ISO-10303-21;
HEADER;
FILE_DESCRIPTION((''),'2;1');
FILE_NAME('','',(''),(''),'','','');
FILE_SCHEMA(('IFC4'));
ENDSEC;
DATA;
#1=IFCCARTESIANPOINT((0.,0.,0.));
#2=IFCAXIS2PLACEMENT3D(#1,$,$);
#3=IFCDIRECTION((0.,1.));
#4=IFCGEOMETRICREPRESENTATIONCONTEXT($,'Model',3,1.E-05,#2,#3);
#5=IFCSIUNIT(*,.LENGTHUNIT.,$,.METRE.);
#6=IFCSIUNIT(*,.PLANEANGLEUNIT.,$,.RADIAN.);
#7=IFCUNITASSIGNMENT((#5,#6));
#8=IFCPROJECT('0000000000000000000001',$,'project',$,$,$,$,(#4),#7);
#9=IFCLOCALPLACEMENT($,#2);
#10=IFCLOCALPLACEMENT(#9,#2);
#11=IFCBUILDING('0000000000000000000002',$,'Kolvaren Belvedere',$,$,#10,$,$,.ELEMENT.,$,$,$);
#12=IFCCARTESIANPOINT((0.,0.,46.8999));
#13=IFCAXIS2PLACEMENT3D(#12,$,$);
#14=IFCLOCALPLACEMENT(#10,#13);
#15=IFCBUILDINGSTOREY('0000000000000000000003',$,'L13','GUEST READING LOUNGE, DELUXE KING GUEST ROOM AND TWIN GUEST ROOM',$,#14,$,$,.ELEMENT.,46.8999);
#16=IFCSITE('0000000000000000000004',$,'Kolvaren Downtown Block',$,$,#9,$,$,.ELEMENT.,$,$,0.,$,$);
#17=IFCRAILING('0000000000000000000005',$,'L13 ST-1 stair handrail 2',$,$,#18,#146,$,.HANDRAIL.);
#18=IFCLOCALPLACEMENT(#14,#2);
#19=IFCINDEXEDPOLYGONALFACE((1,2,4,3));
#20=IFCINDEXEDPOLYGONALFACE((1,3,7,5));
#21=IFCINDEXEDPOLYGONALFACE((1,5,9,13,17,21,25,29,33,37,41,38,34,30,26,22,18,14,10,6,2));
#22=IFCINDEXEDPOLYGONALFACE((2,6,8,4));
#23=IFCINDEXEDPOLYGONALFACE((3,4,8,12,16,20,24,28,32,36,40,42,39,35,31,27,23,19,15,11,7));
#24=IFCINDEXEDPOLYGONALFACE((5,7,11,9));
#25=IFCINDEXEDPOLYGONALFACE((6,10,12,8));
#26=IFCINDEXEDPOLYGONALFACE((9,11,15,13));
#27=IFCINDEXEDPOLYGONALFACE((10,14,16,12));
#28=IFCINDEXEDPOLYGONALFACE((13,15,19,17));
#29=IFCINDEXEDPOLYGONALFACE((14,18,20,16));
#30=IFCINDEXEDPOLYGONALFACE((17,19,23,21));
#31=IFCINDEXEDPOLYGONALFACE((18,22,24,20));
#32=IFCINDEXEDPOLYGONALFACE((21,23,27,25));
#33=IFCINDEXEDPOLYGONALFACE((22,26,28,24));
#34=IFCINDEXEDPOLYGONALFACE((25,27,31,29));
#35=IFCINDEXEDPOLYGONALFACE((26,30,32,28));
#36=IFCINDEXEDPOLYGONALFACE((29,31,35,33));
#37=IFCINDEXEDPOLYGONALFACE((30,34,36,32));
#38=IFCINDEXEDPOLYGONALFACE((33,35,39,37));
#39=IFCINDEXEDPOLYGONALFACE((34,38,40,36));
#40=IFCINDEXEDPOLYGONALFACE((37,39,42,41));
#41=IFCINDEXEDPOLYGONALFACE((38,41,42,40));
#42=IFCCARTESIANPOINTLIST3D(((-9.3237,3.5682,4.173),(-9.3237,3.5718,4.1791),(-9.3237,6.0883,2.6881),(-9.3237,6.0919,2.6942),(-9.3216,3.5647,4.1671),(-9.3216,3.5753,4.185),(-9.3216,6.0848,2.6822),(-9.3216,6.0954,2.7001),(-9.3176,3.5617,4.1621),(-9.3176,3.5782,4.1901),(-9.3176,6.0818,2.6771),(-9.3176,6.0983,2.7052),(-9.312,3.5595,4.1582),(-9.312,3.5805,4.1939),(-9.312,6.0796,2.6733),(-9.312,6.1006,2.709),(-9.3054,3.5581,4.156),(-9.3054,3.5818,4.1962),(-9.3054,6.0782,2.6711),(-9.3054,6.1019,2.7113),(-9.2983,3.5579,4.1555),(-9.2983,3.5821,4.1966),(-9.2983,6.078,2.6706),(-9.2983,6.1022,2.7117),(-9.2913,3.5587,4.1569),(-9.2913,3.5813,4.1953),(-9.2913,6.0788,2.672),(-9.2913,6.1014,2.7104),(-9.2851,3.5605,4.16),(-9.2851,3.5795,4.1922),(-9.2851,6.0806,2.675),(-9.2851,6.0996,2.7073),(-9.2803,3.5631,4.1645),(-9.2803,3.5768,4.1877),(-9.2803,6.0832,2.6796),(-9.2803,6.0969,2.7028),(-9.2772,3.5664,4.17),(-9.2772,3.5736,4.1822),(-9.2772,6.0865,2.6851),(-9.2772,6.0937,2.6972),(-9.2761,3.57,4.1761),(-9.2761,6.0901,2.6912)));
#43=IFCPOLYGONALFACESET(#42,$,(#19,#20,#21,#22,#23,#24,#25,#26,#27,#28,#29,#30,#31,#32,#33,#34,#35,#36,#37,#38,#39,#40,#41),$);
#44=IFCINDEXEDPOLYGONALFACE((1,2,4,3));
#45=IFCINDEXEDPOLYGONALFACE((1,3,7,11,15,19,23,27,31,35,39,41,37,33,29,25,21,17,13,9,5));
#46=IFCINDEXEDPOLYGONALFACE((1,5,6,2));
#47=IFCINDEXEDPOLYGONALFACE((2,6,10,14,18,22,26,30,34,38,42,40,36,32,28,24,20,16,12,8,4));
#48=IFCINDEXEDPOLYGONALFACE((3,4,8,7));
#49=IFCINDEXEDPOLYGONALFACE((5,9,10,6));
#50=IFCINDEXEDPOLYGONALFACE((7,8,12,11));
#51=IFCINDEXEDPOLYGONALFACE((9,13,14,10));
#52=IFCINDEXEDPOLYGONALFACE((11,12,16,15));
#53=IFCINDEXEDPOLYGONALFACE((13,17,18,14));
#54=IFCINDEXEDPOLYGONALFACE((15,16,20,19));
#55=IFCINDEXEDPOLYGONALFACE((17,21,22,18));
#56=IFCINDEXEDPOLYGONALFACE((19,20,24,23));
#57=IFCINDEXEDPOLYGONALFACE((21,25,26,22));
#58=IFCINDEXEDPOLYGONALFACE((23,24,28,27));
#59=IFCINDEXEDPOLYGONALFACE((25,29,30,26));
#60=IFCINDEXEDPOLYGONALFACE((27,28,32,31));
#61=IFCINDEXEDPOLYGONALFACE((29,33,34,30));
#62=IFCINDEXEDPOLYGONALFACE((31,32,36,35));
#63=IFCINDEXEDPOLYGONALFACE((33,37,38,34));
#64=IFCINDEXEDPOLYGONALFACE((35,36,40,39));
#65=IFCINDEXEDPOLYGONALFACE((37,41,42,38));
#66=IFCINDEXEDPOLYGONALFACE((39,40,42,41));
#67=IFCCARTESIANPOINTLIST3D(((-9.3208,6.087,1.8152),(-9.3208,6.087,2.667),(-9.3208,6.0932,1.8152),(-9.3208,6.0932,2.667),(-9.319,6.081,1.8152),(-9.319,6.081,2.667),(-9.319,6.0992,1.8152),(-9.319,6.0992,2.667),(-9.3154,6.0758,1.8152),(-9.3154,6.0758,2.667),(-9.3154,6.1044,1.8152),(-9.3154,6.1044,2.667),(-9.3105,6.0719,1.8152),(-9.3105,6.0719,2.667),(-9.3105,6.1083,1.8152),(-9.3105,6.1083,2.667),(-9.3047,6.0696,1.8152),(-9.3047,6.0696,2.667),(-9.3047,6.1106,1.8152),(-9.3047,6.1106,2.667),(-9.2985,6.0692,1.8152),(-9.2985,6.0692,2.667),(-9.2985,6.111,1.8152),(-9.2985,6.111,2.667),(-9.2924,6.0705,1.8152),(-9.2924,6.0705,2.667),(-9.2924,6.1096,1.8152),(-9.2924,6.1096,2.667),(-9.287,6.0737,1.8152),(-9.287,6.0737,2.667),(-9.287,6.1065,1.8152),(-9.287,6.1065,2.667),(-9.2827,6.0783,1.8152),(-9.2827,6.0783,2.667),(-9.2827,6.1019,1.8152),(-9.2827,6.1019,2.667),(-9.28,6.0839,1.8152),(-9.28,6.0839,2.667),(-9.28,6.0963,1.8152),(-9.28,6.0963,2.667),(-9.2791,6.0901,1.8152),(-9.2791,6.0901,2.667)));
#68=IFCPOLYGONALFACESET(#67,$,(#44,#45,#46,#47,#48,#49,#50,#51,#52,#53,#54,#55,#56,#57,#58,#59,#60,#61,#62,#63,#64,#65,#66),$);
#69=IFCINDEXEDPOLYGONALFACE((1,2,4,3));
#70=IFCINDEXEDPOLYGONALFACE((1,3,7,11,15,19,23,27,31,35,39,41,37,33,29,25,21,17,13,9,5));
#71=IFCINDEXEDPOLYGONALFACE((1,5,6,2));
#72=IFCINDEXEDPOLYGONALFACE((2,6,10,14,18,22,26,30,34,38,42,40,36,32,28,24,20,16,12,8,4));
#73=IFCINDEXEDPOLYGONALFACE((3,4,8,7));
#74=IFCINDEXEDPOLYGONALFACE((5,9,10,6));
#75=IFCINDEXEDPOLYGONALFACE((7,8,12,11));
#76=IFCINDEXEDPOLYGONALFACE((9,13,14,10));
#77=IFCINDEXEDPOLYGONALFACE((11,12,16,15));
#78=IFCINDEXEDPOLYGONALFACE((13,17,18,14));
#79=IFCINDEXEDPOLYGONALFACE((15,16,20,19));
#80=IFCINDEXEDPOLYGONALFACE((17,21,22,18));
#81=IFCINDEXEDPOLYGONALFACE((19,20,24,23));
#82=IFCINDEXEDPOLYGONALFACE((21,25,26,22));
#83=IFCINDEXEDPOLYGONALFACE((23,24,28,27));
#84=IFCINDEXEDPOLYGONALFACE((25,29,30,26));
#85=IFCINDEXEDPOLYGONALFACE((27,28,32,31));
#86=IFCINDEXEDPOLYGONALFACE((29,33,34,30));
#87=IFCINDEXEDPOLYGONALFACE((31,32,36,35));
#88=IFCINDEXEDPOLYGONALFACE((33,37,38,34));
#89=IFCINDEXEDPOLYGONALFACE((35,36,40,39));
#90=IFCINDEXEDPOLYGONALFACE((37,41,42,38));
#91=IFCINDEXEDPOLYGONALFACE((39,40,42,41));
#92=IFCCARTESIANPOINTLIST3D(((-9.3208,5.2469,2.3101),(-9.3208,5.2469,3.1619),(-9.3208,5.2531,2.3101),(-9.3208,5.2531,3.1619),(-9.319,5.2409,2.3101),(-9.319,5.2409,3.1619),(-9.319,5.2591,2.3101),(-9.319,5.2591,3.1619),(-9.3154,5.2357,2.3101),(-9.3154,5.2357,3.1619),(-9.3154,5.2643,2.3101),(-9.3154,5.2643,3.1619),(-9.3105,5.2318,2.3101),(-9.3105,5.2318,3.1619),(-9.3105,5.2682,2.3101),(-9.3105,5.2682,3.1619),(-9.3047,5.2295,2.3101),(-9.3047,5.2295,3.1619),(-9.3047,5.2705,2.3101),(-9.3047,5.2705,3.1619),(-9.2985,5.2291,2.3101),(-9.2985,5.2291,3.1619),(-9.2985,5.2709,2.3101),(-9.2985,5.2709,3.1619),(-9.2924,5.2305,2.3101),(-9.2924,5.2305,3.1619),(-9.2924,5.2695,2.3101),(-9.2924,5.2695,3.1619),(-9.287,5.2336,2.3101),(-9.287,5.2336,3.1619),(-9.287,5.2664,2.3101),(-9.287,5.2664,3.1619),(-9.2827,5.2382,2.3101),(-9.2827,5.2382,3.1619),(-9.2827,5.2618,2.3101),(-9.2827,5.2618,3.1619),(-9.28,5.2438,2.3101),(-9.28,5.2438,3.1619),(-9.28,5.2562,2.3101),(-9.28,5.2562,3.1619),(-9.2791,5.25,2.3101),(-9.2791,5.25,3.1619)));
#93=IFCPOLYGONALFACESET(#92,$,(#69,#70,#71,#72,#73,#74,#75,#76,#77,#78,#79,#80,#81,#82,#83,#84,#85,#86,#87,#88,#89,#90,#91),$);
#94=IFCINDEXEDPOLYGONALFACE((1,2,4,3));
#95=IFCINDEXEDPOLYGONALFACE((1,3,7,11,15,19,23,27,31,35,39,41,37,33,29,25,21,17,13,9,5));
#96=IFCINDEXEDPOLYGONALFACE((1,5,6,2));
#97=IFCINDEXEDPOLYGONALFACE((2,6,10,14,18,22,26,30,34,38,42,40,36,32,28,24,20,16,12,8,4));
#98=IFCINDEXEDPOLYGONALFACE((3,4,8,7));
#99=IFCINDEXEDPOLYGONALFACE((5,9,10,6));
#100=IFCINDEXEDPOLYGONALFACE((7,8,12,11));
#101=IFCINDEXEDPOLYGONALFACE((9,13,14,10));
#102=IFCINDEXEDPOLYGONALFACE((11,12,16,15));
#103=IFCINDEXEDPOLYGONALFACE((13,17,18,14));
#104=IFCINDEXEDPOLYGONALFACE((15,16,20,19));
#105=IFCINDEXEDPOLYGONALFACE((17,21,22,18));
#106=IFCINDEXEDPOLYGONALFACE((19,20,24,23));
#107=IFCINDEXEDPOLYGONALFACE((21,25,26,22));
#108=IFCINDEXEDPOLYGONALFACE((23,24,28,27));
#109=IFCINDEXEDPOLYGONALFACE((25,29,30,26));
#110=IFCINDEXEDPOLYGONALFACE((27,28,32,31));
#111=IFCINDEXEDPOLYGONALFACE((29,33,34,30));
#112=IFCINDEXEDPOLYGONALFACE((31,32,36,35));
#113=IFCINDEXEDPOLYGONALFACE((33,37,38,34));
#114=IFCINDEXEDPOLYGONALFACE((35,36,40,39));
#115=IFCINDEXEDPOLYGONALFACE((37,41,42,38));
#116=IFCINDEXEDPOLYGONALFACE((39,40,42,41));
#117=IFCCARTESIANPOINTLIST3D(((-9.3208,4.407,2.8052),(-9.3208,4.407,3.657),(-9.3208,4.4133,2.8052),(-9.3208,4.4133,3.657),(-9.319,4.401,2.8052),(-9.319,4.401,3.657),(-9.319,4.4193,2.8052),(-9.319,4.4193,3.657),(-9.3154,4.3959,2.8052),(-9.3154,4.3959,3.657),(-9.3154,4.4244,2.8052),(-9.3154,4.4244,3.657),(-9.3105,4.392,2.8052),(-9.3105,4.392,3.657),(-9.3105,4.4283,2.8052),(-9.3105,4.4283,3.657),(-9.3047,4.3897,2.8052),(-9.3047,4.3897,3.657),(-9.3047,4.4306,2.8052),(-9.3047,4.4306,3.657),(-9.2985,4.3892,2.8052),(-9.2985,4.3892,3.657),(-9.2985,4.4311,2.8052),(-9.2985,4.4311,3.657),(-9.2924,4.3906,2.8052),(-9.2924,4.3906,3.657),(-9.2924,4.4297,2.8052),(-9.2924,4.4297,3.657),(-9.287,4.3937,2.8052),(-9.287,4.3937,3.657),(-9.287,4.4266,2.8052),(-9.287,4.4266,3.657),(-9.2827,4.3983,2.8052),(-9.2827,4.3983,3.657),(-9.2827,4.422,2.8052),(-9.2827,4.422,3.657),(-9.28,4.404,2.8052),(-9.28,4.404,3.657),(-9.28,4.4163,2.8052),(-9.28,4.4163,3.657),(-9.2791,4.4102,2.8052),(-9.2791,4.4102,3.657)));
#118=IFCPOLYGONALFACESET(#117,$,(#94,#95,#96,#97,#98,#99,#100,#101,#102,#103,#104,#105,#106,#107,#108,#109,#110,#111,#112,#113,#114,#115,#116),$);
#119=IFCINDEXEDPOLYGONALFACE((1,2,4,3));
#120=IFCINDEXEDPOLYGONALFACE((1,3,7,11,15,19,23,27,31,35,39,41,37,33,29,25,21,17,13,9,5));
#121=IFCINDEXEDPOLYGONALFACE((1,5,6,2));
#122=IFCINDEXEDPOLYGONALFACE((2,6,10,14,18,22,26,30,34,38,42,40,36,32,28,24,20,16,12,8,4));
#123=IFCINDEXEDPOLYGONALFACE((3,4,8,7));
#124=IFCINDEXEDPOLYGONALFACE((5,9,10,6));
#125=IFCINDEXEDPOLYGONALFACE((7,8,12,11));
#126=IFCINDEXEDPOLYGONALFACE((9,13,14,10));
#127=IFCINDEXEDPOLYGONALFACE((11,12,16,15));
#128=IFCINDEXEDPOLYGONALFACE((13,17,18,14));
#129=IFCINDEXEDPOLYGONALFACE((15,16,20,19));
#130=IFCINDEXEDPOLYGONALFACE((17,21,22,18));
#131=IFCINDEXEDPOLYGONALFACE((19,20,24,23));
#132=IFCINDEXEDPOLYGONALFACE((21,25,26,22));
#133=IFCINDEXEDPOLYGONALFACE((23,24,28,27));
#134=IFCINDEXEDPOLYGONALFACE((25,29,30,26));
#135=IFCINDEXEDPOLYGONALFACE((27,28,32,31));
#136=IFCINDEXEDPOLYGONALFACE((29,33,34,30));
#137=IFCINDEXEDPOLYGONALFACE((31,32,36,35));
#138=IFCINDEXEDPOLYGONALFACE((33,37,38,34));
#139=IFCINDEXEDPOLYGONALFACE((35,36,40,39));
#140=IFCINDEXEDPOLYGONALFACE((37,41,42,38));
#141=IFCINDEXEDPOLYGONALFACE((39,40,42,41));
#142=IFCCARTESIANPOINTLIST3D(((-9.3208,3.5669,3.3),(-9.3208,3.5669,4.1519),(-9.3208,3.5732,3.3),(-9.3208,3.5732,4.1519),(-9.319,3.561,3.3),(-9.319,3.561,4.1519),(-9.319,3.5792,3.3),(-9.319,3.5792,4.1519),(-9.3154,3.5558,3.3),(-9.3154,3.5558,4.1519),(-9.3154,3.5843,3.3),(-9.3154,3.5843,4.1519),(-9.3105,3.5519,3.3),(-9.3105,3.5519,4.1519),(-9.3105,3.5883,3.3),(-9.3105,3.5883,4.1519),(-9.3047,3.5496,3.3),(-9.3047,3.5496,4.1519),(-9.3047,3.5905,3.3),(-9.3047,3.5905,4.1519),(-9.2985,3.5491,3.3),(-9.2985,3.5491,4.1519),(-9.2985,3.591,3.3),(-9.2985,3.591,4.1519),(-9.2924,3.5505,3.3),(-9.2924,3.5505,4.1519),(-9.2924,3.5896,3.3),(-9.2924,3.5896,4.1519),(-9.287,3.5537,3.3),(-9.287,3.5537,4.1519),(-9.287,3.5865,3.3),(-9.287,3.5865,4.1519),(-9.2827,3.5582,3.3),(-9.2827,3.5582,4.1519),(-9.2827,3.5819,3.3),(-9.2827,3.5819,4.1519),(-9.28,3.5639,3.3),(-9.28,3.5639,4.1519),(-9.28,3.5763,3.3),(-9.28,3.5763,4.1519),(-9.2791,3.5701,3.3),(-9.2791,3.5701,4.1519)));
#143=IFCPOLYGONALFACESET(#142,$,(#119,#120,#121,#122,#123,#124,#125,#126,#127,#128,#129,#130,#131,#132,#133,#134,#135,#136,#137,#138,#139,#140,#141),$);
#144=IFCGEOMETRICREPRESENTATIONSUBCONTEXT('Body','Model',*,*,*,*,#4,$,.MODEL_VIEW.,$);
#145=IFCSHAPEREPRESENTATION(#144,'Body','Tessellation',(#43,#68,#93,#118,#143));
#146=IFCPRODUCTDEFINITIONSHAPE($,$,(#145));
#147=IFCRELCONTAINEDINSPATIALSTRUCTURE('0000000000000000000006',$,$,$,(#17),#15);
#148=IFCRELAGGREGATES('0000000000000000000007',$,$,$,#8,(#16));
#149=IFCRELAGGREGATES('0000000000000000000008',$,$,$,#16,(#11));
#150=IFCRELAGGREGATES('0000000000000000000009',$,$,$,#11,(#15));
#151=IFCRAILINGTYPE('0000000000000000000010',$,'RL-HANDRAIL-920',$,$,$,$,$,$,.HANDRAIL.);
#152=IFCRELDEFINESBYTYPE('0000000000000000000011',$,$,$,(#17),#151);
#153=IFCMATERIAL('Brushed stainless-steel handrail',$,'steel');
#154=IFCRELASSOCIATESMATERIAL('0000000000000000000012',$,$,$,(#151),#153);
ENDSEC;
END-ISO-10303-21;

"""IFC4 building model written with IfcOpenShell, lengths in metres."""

from ifc_helpers import new_model, si_unit, direction, frame, origin, origin_2d, place, context, subcontext, project, spatial, circle, extrude, material, type_object, element, save


model = new_model("IFC4")

# Units and contexts
model_context = context("Model", 3, precision=1e-05, world=origin(), true_north=direction((0.0, 1.0)))
body_context = subcontext(model_context, "Body", "Model", "MODEL_VIEW")
ifc_project = project(units=[si_unit("LENGTHUNIT", "METRE"), si_unit("PLANEANGLEUNIT", "RADIAN")], contexts=[model_context])

# Site, building, storey
site_placement = place(None, origin())
site = spatial("IfcSite", under=ifc_project, at=site_placement, Name="Kolvaren Downtown Block", CompositionType="ELEMENT", RefElevation=0.0)
building_placement = place(site_placement, origin())
building = spatial("IfcBuilding", under=site, at=building_placement, Name="Kolvaren Belvedere", CompositionType="ELEMENT")
storey_placement = place(building_placement, frame((0.0, 0.0, 46.8999)))
storey = spatial("IfcBuildingStorey", under=building, at=storey_placement, Name="L13", Description="GUEST READING LOUNGE, DELUXE KING GUEST ROOM AND TWIN GUEST ROOM", CompositionType="ELEMENT", Elevation=46.8999)

# Railing
ifc_material_1 = material(Name="Brushed stainless-steel handrail", Category="steel")
railing_type_1 = type_object("IfcRailingType", Name="RL-HANDRAIL-920", PredefinedType="HANDRAIL", material=ifc_material_1)
railing_1_placement = place(storey_placement, frame((-9.3, 6.0901, 1.8152)))
element("IfcRailing", 1, at=railing_1_placement, inside=storey, type_object=railing_type_1, Name="L13 ST-1 stair handrail 2", PredefinedType="HANDRAIL", context=body_context, shape_type="SweptSolid", body=[
    extrude(circle(Radius=0.0239, at=origin_2d()), frame((0.0, 0.0, 0.876), z_axis=(0.0, -0.861561, 0.507655), x_axis=(1.0, 0.0, 0.0)), (0.0, 0.0, 1.0), 2.925),
    extrude(circle(Radius=0.021, at=origin_2d()), origin(), (0.0, 0.0, 1.0), 0.8518),
    extrude(circle(Radius=0.021, at=origin_2d()), frame((0.0, -0.8401, 0.4949)), (0.0, 0.0, 1.0), 0.8518),
    extrude(circle(Radius=0.021, at=origin_2d()), frame((0.0, -1.6799, 0.99)), (0.0, 0.0, 1.0), 0.8518),
    extrude(circle(Radius=0.021, at=origin_2d()), frame((0.0, -2.52, 1.4849)), (0.0, 0.0, 1.0), 0.8518),
])

save(model, "model.ifc")
